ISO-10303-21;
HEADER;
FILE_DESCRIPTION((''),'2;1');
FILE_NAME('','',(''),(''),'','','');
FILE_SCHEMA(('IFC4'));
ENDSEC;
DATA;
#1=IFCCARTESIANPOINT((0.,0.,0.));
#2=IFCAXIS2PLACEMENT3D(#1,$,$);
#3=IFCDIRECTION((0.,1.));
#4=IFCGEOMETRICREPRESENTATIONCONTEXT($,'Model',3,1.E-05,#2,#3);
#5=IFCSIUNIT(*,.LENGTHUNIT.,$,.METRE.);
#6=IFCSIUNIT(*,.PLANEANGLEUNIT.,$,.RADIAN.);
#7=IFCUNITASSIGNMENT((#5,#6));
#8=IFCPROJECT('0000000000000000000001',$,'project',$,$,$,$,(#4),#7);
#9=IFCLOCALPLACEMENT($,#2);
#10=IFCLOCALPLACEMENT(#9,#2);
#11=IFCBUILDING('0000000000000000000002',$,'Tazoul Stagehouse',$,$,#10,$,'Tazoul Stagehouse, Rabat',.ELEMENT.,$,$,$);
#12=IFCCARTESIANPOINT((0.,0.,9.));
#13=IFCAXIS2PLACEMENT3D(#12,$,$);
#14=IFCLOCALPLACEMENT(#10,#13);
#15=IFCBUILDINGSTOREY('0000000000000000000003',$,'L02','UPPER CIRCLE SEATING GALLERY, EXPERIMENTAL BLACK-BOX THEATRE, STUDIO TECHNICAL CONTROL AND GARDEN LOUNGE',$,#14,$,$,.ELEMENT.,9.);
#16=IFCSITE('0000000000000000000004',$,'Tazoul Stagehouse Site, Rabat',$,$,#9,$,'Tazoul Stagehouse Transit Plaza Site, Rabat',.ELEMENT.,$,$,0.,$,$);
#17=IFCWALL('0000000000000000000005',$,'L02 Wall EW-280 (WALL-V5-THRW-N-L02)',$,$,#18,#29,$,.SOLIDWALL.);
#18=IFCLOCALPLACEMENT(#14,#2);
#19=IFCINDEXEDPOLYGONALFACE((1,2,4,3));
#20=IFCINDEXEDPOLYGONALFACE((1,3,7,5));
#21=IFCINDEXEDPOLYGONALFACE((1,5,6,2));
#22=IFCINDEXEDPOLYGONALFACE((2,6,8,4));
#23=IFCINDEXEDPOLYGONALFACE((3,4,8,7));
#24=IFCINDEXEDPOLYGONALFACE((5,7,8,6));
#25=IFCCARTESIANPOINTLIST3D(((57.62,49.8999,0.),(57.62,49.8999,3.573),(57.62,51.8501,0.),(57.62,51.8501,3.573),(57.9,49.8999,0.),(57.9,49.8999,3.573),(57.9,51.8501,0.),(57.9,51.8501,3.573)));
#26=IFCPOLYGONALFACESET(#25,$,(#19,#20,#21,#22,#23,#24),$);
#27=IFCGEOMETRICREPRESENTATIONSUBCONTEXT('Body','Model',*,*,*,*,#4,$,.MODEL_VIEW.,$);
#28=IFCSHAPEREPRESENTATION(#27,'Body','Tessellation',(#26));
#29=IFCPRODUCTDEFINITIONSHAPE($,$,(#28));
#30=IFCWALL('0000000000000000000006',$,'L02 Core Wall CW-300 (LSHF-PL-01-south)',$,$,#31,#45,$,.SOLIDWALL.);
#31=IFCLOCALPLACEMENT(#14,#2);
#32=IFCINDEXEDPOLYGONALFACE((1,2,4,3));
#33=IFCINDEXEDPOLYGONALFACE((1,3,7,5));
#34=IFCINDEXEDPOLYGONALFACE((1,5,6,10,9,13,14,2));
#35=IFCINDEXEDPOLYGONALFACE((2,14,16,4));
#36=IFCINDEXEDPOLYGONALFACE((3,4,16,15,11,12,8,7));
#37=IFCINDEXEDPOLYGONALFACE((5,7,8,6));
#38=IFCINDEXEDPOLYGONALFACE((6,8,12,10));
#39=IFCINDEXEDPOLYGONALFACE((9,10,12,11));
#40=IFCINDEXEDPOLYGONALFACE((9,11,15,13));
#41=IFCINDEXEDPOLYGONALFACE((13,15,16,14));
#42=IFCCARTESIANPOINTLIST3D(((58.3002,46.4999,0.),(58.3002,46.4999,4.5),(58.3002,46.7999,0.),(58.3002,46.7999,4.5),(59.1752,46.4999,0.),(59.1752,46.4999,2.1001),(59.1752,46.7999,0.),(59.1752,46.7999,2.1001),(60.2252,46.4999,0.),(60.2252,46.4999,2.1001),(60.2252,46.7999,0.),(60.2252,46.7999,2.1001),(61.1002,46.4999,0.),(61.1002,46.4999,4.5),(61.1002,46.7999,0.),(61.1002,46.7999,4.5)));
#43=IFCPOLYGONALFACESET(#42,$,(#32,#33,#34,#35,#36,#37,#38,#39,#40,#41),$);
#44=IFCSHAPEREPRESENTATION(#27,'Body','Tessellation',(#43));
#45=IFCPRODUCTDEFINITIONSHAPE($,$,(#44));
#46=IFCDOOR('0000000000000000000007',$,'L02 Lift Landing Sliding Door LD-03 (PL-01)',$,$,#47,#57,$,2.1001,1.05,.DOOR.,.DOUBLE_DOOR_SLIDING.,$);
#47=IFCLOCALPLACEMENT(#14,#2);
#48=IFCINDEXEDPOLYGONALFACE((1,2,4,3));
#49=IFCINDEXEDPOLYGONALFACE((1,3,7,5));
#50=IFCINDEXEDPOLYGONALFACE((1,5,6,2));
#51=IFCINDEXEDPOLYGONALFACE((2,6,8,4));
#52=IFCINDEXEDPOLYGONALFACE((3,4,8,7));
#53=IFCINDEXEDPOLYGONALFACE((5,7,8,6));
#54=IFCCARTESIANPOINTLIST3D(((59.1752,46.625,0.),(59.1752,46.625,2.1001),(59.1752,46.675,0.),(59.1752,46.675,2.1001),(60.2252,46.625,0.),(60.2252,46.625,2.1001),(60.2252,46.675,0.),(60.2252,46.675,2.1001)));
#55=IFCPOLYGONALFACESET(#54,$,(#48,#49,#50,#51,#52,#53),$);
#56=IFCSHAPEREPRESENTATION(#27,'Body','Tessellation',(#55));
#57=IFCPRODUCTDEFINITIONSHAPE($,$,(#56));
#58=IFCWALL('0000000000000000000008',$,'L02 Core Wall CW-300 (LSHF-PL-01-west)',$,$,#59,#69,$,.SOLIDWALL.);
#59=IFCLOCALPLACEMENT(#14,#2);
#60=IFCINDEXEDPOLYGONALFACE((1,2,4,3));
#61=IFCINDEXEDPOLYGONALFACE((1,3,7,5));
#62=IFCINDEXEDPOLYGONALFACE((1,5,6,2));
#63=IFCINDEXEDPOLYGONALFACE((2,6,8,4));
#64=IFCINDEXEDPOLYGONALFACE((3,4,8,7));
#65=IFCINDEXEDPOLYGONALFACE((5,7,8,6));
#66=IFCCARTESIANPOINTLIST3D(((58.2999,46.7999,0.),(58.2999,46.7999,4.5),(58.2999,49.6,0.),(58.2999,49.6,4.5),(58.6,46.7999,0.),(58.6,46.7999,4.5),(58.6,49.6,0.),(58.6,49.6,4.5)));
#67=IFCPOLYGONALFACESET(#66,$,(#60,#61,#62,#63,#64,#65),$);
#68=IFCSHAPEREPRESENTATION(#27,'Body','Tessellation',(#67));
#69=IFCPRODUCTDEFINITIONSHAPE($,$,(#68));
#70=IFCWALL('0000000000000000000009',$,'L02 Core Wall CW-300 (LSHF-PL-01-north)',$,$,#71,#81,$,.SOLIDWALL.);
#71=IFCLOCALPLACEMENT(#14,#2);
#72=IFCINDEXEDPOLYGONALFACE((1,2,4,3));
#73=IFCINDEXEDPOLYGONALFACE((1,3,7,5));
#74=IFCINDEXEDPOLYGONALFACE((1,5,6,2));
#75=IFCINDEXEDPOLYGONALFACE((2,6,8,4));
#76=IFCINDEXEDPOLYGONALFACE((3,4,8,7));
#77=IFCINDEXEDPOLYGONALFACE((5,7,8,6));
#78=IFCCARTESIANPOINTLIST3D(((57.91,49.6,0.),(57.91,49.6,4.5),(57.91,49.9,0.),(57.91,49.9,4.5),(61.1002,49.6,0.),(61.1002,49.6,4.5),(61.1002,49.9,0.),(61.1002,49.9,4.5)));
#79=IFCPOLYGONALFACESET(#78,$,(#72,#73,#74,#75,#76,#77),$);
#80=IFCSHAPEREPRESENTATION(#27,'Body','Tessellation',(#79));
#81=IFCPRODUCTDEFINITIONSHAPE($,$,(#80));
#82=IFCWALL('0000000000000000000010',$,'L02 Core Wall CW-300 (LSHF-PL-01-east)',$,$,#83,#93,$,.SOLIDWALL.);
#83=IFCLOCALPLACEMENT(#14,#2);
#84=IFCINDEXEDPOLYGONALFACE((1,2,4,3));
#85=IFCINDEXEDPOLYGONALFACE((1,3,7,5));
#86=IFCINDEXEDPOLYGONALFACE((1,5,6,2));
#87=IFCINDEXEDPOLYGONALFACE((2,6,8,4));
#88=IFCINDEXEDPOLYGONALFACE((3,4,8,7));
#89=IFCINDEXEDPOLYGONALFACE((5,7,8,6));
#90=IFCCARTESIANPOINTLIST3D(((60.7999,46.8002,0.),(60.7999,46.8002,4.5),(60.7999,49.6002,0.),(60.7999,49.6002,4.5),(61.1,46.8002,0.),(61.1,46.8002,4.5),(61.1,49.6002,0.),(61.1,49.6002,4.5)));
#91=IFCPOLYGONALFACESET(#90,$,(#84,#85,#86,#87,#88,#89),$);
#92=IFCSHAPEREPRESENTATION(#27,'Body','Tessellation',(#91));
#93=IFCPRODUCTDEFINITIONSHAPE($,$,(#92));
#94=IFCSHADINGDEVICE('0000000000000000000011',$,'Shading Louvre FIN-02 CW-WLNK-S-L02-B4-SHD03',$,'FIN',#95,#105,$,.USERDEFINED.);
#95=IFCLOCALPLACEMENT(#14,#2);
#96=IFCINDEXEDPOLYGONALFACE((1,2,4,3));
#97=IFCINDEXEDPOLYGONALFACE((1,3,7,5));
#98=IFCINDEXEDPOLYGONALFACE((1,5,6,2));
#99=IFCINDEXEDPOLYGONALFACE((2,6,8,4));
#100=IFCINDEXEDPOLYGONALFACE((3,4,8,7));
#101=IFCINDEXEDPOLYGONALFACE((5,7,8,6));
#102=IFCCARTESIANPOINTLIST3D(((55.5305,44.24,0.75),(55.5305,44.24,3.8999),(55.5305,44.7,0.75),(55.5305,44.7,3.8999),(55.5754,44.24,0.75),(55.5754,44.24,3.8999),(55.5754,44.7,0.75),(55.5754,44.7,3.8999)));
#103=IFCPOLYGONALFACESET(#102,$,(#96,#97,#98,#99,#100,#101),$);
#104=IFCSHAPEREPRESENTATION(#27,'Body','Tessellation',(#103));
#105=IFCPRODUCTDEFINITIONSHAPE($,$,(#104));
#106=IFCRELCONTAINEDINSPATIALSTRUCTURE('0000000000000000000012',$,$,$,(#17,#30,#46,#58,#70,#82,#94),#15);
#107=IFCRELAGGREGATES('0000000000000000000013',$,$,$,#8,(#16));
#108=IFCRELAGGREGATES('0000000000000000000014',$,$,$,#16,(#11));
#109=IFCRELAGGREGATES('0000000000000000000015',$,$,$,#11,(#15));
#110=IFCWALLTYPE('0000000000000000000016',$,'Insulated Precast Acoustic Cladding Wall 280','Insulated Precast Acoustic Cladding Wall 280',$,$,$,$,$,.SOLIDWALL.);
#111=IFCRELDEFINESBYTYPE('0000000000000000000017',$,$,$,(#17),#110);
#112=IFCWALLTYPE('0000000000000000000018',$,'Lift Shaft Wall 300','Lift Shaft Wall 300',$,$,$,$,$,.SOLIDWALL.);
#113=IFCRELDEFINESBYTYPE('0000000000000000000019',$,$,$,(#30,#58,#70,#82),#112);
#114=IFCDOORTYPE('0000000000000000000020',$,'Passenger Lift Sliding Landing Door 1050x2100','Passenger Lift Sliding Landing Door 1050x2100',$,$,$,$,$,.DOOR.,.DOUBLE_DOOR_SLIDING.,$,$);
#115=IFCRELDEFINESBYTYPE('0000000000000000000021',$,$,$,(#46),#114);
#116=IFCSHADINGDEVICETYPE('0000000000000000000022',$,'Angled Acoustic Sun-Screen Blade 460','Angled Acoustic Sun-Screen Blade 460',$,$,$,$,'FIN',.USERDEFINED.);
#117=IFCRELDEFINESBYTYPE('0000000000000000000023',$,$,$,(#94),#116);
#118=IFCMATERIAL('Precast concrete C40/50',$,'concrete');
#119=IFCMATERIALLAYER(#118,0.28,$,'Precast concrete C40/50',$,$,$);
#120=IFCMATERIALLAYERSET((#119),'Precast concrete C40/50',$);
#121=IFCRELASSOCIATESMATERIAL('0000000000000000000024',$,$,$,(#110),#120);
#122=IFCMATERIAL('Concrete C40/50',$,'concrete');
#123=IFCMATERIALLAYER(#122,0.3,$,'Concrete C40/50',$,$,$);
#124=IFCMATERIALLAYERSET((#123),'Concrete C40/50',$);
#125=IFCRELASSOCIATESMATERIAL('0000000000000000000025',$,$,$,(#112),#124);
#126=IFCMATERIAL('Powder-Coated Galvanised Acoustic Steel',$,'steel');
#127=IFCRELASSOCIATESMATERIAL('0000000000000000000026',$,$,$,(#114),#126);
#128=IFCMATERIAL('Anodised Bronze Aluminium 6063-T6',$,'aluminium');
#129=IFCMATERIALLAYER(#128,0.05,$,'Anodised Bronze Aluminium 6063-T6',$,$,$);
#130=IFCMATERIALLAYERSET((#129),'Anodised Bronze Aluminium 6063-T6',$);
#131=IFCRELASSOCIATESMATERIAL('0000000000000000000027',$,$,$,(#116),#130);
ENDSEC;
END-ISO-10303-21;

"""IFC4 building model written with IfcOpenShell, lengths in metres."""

from ifc_helpers import new_model, si_unit, direction, frame, frame_2d, origin, origin_2d, place, context, subcontext, project, spatial, rectangle, extrude, material, layer, layer_set, type_object, element, fill, save


model = new_model("IFC4")

# Units and contexts
model_context = context("Model", 3, precision=1e-05, world=origin(), true_north=direction((0.0, 1.0)))
body_context = subcontext(model_context, "Body", "Model", "MODEL_VIEW")
ifc_project = project(units=[si_unit("LENGTHUNIT", "METRE"), si_unit("PLANEANGLEUNIT", "RADIAN")], contexts=[model_context])

# Site, building, storey
site_placement = place(None, origin())
site = spatial("IfcSite", under=ifc_project, at=site_placement, Name="Tazoul Stagehouse Site, Rabat", LongName="Tazoul Stagehouse Transit Plaza Site, Rabat", CompositionType="ELEMENT", RefElevation=0.0)
building_placement = place(site_placement, origin())
building = spatial("IfcBuilding", under=site, at=building_placement, Name="Tazoul Stagehouse", LongName="Tazoul Stagehouse, Rabat", CompositionType="ELEMENT")
storey_placement = place(building_placement, frame((0.0, 0.0, 9.0)))
storey = spatial("IfcBuildingStorey", under=building, at=storey_placement, Name="L02", Description="UPPER CIRCLE SEATING GALLERY, EXPERIMENTAL BLACK-BOX THEATRE, STUDIO TECHNICAL CONTROL AND GARDEN LOUNGE", CompositionType="ELEMENT", Elevation=9.0)

# Shared definitions
ifc_material_1 = material(Name="Concrete C40/50", Category="concrete")

# Shared definitions
ifc_material_2 = material(Name="Anodised Bronze Aluminium 6063-T6", Category="aluminium")

# Shared definitions
ifc_material_3 = material(Name="Precast concrete C40/50", Category="concrete")
ifc_layer_1 = layer(ifc_material_3, 0.28, Name="Precast concrete C40/50")
ifc_layer_set_1 = layer_set([ifc_layer_1], Name="Precast concrete C40/50")
wall_type_1 = type_object("IfcWallType", Name="Insulated Precast Acoustic Cladding Wall 280", Description="Insulated Precast Acoustic Cladding Wall 280", PredefinedType="SOLIDWALL", material=ifc_layer_set_1)

# Wall
wall_1_placement = place(storey_placement, frame((57.76, 49.8999, 0.0), z_axis=(0.0, 0.0, 1.0), x_axis=(0.0, 1.0, 0.0)))
element("IfcWall", 1, at=wall_1_placement, inside=storey, type_object=wall_type_1, Name="L02 Wall EW-280 (WALL-V5-THRW-N-L02)", PredefinedType="SOLIDWALL", context=body_context, shape_type="SweptSolid", body=[
    extrude(rectangle(XDim=1.9502, YDim=0.28, at=frame_2d((0.9751, 0.0))), origin(), (0.0, 0.0, 1.0), 3.573),
])

# Wall, opening, door
ifc_layer_2 = layer(ifc_material_1, 0.3, Name="Concrete C40/50")
ifc_layer_set_2 = layer_set([ifc_layer_2], Name="Concrete C40/50")
wall_type_2 = type_object("IfcWallType", Name="Lift Shaft Wall 300", Description="Lift Shaft Wall 300", PredefinedType="SOLIDWALL", material=ifc_layer_set_2)
wall_2_placement = place(storey_placement, frame((61.1001, 46.6499, 0.0), z_axis=(0.0, 0.0, 1.0), x_axis=(-1.0, 0.0, 0.0)))
wall_2 = element("IfcWall", 2, at=wall_2_placement, inside=storey, type_object=wall_type_2, Name="L02 Core Wall CW-300 (LSHF-PL-01-south)", PredefinedType="SOLIDWALL", context=body_context, shape_type="SweptSolid", body=[
    extrude(rectangle(XDim=2.8, YDim=0.3, at=frame_2d((1.3999, 0.0))), origin(), (0.0, 0.0, 1.0), 4.5),
])
opening_1_placement = place(wall_2_placement, frame((0.875, 0.0, 0.0)))
opening_1 = element("IfcOpeningElement", 3, at=opening_1_placement, cuts=wall_2, PredefinedType="OPENING", context=body_context, shape_type="SweptSolid", body=[
    extrude(rectangle(XDim=1.05, YDim=2.1001, at=frame_2d((0.5249, 1.05))), frame((0.0, 0.1699, 0.0), z_axis=(0.0, -1.0, 0.0), x_axis=(1.0, 0.0, 0.0)), (0.0, 0.0, 1.0), 0.3401),
])
ifc_material_4 = material(Name="Powder-Coated Galvanised Acoustic Steel", Category="steel")
door_type = type_object("IfcDoorType", Name="Passenger Lift Sliding Landing Door 1050x2100", Description="Passenger Lift Sliding Landing Door 1050x2100", OperationType="DOUBLE_DOOR_SLIDING", PredefinedType="DOOR", material=ifc_material_4)
door_placement = place(opening_1_placement, origin())
door = element("IfcDoor", 4, at=door_placement, inside=storey, type_object=door_type, Name="L02 Lift Landing Sliding Door LD-03 (PL-01)", OperationType="DOUBLE_DOOR_SLIDING", OverallHeight=2.1001, OverallWidth=1.05, PredefinedType="DOOR", context=body_context, shape_type="SweptSolid", body=[
    extrude(rectangle(XDim=1.05, YDim=2.1001, at=frame_2d((0.5249, 1.05))), frame((0.0, 0.0249, 0.0), z_axis=(0.0, -1.0, 0.0), x_axis=(1.0, 0.0, 0.0)), (0.0, 0.0, 1.0), 0.05),
])
fill(opening_1, door)

# Walls
wall_3_placement = place(storey_placement, frame((58.45, 46.8, 0.0), z_axis=(0.0, 0.0, 1.0), x_axis=(0.0, 1.0, 0.0)))
element("IfcWall", 5, at=wall_3_placement, inside=storey, type_object=wall_type_2, Name="L02 Core Wall CW-300 (LSHF-PL-01-west)", PredefinedType="SOLIDWALL", context=body_context, shape_type="SweptSolid", body=[
    extrude(rectangle(XDim=2.8, YDim=0.3, at=frame_2d((1.3999, 0.0))), origin(), (0.0, 0.0, 1.0), 4.5),
])
wall_4_placement = place(storey_placement, frame((57.9099, 49.75, 0.0), z_axis=(0.0, 0.0, 1.0), x_axis=(1.0, 0.0, 0.0)))
element("IfcWall", 6, at=wall_4_placement, inside=storey, type_object=wall_type_2, Name="L02 Core Wall CW-300 (LSHF-PL-01-north)", PredefinedType="SOLIDWALL", context=body_context, shape_type="SweptSolid", body=[
    extrude(rectangle(XDim=3.1902, YDim=0.3, at=frame_2d((1.5952, 0.0))), origin(), (0.0, 0.0, 1.0), 4.5),
])
wall_5_placement = place(storey_placement, frame((60.95, 49.6001, 0.0), z_axis=(0.0, 0.0, 1.0), x_axis=(0.0, -1.0, 0.0)))
element("IfcWall", 7, at=wall_5_placement, inside=storey, type_object=wall_type_2, Name="L02 Core Wall CW-300 (LSHF-PL-01-east)", PredefinedType="SOLIDWALL", context=body_context, shape_type="SweptSolid", body=[
    extrude(rectangle(XDim=2.8, YDim=0.3, at=frame_2d((1.3999, 0.0))), origin(), (0.0, 0.0, 1.0), 4.5),
])

# Shading device
ifc_layer_3 = layer(ifc_material_2, 0.05, Name="Anodised Bronze Aluminium 6063-T6")
ifc_layer_set_3 = layer_set([ifc_layer_3], Name="Anodised Bronze Aluminium 6063-T6")
shading_device_type = type_object("IfcShadingDeviceType", Name="Angled Acoustic Sun-Screen Blade 460", Description="Angled Acoustic Sun-Screen Blade 460", ElementType="FIN", PredefinedType="USERDEFINED", material=ifc_layer_set_3)
shading_device_placement = place(storey_placement, frame((55.553, 44.47, 0.75), z_axis=(0.0, 0.0, 1.0), x_axis=(1.0, 0.0, 0.0)))
element("IfcShadingDevice", 8, at=shading_device_placement, inside=storey, type_object=shading_device_type, Name="Shading Louvre FIN-02 CW-WLNK-S-L02-B4-SHD03", ObjectType="FIN", PredefinedType="USERDEFINED", context=body_context, shape_type="SweptSolid", body=[
    extrude(rectangle(XDim=0.0449, YDim=0.46, at=origin_2d()), origin(), (0.0, 0.0, 1.0), 3.1499),
])

save(model, "model.ifc")
